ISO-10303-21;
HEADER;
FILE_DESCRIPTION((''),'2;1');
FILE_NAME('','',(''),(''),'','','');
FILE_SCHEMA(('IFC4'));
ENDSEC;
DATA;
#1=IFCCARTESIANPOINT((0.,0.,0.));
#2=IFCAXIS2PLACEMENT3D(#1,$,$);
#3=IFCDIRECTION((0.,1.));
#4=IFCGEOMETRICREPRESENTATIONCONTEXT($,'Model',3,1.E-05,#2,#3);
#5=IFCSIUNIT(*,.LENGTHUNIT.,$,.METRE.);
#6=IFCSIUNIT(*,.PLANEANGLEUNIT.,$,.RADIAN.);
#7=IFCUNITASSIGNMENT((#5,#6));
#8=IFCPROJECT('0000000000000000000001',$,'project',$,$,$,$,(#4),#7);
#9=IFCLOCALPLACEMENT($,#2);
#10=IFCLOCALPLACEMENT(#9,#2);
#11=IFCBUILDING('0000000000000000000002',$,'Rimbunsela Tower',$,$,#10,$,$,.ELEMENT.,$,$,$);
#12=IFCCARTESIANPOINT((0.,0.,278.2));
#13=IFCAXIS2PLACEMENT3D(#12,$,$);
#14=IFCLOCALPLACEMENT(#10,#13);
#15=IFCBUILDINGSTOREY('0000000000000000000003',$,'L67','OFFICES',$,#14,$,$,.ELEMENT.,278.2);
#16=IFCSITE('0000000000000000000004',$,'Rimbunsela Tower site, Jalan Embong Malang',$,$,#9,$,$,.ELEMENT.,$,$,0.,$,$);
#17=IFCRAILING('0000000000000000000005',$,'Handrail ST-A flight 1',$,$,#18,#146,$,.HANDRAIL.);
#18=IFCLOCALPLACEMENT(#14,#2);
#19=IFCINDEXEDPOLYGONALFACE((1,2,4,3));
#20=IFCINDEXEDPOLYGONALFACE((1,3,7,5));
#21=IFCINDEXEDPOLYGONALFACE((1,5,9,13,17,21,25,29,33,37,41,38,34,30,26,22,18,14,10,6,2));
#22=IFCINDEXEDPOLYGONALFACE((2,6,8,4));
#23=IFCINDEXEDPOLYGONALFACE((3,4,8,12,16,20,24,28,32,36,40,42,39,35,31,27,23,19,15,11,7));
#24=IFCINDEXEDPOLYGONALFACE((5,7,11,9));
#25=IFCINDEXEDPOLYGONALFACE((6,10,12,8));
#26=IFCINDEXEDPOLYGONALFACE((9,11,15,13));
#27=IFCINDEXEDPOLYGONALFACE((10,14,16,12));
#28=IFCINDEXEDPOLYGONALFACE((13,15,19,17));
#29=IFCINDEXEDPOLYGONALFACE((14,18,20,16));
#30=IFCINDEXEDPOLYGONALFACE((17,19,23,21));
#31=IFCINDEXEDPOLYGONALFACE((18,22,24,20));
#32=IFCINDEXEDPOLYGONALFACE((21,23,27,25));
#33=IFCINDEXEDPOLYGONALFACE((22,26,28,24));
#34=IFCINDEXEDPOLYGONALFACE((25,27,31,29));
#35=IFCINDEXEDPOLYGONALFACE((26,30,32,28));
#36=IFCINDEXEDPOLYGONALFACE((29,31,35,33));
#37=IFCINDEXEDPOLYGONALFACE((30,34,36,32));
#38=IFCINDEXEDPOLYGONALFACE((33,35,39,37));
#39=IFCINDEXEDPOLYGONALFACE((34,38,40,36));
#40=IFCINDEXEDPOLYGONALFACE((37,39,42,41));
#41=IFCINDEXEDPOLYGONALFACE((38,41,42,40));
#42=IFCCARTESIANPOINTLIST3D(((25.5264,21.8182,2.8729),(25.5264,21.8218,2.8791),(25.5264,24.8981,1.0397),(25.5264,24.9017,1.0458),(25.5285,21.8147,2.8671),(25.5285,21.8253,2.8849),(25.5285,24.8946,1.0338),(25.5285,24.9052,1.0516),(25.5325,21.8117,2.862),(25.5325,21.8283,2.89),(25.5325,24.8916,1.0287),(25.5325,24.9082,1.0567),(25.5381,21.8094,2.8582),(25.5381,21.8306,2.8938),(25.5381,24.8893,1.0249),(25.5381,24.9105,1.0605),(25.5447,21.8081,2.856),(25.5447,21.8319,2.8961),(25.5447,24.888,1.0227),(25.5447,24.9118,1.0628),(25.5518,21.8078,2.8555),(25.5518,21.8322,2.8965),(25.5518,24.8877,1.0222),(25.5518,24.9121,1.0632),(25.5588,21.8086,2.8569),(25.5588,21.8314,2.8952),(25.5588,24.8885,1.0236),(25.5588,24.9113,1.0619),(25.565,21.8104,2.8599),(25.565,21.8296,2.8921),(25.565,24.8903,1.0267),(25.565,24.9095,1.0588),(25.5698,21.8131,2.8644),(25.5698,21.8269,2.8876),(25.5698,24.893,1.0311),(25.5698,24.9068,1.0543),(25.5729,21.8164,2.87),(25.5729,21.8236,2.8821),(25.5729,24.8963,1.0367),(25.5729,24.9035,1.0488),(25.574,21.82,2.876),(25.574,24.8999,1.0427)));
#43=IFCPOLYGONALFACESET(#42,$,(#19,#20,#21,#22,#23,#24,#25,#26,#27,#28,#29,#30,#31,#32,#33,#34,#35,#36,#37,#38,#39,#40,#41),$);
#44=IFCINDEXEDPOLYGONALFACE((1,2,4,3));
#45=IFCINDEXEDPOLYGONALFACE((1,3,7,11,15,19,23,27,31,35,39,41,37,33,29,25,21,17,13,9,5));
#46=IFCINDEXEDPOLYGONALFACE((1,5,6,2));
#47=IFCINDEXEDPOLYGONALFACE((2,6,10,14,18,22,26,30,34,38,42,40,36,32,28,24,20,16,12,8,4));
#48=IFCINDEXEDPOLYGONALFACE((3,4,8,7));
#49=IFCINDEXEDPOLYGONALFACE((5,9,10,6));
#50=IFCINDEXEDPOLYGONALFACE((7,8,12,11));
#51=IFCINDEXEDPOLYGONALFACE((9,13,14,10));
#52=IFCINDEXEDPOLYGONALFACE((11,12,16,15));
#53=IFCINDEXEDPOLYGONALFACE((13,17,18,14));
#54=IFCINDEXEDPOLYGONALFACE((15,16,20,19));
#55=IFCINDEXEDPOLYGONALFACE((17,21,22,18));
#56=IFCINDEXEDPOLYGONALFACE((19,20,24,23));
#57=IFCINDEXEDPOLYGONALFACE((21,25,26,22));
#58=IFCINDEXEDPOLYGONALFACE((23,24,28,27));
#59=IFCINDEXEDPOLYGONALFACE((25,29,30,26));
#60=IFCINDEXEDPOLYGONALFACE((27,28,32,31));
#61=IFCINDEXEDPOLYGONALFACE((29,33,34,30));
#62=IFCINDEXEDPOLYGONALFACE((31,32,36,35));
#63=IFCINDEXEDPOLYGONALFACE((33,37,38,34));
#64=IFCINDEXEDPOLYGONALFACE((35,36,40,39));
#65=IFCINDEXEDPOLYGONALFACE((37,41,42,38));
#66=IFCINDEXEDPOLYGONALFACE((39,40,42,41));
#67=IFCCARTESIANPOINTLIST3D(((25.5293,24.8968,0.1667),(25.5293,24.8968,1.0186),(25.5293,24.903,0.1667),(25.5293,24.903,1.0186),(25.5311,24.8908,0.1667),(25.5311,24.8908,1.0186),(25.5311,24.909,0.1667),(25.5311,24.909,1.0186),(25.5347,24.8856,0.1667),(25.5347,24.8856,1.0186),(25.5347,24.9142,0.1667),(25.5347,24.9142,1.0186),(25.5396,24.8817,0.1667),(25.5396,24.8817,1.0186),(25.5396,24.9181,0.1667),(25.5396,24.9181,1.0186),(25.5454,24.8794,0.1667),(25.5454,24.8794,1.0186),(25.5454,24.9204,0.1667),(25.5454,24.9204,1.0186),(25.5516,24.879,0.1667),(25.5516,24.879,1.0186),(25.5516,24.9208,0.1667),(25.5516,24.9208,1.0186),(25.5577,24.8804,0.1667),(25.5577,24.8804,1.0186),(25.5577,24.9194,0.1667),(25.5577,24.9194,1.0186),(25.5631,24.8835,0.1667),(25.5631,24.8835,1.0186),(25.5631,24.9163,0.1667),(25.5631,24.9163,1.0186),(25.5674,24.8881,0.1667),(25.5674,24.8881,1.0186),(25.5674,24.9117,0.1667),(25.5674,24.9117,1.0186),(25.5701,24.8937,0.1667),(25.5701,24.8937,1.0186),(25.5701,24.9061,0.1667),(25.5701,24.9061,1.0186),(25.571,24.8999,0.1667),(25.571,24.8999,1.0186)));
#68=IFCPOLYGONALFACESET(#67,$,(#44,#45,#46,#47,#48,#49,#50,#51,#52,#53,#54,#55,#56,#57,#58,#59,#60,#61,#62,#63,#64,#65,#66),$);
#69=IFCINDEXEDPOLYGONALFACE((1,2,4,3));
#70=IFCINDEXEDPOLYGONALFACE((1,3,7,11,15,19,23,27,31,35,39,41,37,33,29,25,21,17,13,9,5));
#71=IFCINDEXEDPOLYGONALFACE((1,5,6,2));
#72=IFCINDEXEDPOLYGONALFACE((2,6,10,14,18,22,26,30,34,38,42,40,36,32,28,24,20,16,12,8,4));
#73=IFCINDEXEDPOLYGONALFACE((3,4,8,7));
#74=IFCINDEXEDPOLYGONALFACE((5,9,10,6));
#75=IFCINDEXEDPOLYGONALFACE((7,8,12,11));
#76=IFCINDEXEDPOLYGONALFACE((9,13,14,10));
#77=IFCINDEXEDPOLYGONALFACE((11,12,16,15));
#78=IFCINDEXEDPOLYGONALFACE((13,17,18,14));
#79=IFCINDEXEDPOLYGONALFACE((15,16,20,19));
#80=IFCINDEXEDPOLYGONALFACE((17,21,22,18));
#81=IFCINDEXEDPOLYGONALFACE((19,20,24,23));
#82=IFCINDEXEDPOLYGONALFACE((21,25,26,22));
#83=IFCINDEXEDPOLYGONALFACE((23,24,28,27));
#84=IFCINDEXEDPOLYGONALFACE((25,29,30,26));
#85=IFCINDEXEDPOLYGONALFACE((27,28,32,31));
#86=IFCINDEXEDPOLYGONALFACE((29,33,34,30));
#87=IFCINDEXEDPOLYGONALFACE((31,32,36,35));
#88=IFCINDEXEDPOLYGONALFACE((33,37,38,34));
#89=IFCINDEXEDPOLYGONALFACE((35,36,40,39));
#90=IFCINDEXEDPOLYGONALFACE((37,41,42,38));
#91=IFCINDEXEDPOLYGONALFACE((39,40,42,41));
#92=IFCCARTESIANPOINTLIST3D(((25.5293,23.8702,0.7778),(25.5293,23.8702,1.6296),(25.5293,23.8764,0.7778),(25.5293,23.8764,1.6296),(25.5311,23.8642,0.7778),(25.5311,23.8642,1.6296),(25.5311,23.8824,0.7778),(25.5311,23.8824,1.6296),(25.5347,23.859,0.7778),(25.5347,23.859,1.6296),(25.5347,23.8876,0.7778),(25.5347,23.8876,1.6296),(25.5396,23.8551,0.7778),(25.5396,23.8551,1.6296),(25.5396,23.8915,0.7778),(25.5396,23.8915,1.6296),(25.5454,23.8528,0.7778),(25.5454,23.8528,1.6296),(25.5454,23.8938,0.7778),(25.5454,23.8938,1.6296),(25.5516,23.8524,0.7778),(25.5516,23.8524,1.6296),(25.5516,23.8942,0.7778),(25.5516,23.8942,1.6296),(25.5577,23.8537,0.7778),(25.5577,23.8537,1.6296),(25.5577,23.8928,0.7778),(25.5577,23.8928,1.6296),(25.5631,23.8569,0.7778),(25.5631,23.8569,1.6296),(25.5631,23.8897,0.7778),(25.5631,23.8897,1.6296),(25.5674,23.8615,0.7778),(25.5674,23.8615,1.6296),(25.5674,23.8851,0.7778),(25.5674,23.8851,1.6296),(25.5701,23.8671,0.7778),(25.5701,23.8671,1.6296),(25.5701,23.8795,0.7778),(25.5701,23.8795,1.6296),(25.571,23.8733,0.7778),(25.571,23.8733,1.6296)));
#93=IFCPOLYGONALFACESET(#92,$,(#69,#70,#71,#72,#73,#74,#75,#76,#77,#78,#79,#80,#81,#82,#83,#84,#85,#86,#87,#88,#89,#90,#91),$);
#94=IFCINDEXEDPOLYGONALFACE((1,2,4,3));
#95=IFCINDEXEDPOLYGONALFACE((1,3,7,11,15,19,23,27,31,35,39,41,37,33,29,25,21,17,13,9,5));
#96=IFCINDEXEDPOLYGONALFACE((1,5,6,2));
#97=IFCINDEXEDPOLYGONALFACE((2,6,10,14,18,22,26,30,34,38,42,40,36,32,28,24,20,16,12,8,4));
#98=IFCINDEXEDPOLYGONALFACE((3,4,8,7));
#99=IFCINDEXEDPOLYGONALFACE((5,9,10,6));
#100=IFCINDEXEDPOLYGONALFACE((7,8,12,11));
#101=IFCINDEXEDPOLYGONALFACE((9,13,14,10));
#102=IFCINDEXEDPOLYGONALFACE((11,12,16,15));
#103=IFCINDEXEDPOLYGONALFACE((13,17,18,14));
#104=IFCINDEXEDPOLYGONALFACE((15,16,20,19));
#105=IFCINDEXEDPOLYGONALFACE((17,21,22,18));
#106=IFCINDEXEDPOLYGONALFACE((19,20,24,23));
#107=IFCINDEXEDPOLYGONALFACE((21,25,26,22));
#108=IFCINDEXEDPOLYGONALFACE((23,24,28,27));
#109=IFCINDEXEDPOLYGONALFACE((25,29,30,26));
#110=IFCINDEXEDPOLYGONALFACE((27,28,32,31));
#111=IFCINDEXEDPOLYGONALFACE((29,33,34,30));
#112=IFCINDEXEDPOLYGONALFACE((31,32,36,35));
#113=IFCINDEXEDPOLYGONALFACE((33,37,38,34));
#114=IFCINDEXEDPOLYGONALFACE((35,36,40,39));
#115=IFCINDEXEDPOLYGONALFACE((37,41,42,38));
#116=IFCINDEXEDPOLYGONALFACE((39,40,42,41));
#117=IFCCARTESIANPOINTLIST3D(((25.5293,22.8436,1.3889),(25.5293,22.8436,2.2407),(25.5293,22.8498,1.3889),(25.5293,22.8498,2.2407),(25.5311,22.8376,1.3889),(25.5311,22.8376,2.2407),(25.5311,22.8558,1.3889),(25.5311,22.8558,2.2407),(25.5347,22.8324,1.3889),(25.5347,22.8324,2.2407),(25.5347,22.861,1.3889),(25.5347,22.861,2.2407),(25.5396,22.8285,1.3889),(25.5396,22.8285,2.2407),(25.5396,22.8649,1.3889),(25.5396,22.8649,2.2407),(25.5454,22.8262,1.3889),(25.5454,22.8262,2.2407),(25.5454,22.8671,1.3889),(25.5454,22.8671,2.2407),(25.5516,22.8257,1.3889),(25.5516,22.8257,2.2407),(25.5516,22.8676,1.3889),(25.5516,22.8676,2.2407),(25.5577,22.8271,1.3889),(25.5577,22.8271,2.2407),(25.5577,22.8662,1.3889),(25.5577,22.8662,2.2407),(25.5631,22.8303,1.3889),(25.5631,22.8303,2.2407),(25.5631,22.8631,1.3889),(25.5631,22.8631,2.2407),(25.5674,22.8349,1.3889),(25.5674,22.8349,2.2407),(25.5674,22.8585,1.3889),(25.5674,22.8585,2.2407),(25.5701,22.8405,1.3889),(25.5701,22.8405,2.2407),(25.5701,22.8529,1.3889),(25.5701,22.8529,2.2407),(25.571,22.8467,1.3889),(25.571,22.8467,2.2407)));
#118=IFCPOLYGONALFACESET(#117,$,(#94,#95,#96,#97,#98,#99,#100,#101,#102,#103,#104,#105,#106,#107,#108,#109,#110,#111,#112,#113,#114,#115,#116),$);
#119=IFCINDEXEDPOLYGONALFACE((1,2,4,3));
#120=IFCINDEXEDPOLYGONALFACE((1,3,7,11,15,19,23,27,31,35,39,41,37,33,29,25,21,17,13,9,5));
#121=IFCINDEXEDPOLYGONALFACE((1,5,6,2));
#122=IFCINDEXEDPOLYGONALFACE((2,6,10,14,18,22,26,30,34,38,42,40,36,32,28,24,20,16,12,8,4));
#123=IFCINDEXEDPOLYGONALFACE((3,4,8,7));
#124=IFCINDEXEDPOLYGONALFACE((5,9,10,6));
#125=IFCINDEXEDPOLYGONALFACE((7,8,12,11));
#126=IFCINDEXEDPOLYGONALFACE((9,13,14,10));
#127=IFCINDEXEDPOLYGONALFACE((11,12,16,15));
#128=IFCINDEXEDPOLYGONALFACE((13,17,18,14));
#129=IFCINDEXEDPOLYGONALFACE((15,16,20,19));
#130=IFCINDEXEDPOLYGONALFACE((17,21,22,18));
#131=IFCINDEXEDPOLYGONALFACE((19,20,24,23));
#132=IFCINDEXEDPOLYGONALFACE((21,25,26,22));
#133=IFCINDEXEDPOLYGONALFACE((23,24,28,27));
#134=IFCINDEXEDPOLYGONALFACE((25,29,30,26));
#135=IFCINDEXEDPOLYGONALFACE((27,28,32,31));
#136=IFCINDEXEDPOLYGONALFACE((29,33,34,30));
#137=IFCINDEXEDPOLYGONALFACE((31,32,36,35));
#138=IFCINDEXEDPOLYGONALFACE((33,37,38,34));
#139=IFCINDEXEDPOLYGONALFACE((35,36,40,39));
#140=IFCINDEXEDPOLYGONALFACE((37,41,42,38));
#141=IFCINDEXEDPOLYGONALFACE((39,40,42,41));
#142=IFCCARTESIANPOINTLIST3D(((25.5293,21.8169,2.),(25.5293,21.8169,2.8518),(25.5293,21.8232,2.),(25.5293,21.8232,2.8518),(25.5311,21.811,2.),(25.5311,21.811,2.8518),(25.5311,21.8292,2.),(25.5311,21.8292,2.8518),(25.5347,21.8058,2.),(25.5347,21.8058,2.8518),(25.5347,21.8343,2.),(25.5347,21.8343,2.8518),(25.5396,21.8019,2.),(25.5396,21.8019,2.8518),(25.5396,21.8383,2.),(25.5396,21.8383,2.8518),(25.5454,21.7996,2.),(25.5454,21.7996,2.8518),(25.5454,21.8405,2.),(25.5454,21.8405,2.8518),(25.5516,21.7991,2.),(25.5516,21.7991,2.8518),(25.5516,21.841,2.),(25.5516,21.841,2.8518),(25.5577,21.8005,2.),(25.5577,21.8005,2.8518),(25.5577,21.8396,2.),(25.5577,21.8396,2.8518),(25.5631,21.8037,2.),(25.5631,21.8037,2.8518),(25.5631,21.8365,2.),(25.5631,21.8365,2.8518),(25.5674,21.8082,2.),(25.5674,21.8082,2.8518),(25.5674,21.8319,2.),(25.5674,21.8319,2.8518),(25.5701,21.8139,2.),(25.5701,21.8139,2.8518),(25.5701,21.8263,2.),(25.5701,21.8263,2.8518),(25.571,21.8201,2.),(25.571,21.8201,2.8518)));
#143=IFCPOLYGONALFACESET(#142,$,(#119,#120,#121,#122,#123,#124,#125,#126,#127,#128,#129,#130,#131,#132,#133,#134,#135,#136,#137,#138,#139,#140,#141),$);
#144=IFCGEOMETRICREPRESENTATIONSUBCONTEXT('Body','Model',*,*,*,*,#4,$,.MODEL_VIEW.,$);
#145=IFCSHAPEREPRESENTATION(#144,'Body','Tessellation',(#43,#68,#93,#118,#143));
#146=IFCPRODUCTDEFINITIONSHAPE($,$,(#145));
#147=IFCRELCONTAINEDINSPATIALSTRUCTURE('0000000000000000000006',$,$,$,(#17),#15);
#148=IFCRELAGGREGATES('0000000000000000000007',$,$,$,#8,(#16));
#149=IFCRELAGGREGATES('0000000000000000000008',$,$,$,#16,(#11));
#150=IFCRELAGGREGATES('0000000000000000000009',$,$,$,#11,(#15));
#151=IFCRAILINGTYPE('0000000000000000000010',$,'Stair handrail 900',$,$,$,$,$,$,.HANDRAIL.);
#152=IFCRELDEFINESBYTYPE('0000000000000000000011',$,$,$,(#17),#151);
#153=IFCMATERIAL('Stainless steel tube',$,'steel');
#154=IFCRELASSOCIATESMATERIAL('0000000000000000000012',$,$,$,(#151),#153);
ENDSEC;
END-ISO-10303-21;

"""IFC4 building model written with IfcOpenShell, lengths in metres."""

from ifc_helpers import new_model, si_unit, direction, frame, origin, origin_2d, place, context, subcontext, project, spatial, circle, extrude, material, type_object, element, save


model = new_model("IFC4")

# Units and contexts
model_context = context("Model", 3, precision=1e-05, world=origin(), true_north=direction((0.0, 1.0)))
body_context = subcontext(model_context, "Body", "Model", "MODEL_VIEW")
ifc_project = project(units=[si_unit("LENGTHUNIT", "METRE"), si_unit("PLANEANGLEUNIT", "RADIAN")], contexts=[model_context])

# Site, building, storey
site_placement = place(None, origin())
site = spatial("IfcSite", under=ifc_project, at=site_placement, Name="Rimbunsela Tower site, Jalan Embong Malang", CompositionType="ELEMENT", RefElevation=0.0)
building_placement = place(site_placement, origin())
building = spatial("IfcBuilding", under=site, at=building_placement, Name="Rimbunsela Tower", CompositionType="ELEMENT")
storey_placement = place(building_placement, frame((0.0, 0.0, 278.2)))
storey = spatial("IfcBuildingStorey", under=building, at=storey_placement, Name="L67", Description="OFFICES", CompositionType="ELEMENT", Elevation=278.2)

# Railing
ifc_material_1 = material(Name="Stainless steel tube", Category="steel")
railing_type = type_object("IfcRailingType", Name="Stair handrail 900", PredefinedType="HANDRAIL", material=ifc_material_1)
for number, where, name in (
    (1, (25.55, 24.8999, 0.1667), "Handrail ST-A flight 1"),
):
    element("IfcRailing", number, at=place(storey_placement, frame(where)), inside=storey, type_object=railing_type, Name=name, PredefinedType="HANDRAIL", context=body_context, shape_type="SweptSolid", body=[
        extrude(circle(Radius=0.0239, at=origin_2d()), frame((0.0, 0.0, 0.876), z_axis=(0.0, -0.859291, 0.511487), x_axis=(1.0, 0.0, 0.0)), (0.0, 0.0, 1.0), 3.5842),
        extrude(circle(Radius=0.021, at=origin_2d()), origin(), (0.0, 0.0, 1.0), 0.8518),
        extrude(circle(Radius=0.021, at=origin_2d()), frame((0.0, -1.0266, 0.6111)), (0.0, 0.0, 1.0), 0.8518),
        extrude(circle(Radius=0.021, at=origin_2d()), frame((0.0, -2.0532, 1.2222)), (0.0, 0.0, 1.0), 0.8518),
        extrude(circle(Radius=0.021, at=origin_2d()), frame((0.0, -3.0798, 1.8333)), (0.0, 0.0, 1.0), 0.8518),
    ])

save(model, "model.ifc")
